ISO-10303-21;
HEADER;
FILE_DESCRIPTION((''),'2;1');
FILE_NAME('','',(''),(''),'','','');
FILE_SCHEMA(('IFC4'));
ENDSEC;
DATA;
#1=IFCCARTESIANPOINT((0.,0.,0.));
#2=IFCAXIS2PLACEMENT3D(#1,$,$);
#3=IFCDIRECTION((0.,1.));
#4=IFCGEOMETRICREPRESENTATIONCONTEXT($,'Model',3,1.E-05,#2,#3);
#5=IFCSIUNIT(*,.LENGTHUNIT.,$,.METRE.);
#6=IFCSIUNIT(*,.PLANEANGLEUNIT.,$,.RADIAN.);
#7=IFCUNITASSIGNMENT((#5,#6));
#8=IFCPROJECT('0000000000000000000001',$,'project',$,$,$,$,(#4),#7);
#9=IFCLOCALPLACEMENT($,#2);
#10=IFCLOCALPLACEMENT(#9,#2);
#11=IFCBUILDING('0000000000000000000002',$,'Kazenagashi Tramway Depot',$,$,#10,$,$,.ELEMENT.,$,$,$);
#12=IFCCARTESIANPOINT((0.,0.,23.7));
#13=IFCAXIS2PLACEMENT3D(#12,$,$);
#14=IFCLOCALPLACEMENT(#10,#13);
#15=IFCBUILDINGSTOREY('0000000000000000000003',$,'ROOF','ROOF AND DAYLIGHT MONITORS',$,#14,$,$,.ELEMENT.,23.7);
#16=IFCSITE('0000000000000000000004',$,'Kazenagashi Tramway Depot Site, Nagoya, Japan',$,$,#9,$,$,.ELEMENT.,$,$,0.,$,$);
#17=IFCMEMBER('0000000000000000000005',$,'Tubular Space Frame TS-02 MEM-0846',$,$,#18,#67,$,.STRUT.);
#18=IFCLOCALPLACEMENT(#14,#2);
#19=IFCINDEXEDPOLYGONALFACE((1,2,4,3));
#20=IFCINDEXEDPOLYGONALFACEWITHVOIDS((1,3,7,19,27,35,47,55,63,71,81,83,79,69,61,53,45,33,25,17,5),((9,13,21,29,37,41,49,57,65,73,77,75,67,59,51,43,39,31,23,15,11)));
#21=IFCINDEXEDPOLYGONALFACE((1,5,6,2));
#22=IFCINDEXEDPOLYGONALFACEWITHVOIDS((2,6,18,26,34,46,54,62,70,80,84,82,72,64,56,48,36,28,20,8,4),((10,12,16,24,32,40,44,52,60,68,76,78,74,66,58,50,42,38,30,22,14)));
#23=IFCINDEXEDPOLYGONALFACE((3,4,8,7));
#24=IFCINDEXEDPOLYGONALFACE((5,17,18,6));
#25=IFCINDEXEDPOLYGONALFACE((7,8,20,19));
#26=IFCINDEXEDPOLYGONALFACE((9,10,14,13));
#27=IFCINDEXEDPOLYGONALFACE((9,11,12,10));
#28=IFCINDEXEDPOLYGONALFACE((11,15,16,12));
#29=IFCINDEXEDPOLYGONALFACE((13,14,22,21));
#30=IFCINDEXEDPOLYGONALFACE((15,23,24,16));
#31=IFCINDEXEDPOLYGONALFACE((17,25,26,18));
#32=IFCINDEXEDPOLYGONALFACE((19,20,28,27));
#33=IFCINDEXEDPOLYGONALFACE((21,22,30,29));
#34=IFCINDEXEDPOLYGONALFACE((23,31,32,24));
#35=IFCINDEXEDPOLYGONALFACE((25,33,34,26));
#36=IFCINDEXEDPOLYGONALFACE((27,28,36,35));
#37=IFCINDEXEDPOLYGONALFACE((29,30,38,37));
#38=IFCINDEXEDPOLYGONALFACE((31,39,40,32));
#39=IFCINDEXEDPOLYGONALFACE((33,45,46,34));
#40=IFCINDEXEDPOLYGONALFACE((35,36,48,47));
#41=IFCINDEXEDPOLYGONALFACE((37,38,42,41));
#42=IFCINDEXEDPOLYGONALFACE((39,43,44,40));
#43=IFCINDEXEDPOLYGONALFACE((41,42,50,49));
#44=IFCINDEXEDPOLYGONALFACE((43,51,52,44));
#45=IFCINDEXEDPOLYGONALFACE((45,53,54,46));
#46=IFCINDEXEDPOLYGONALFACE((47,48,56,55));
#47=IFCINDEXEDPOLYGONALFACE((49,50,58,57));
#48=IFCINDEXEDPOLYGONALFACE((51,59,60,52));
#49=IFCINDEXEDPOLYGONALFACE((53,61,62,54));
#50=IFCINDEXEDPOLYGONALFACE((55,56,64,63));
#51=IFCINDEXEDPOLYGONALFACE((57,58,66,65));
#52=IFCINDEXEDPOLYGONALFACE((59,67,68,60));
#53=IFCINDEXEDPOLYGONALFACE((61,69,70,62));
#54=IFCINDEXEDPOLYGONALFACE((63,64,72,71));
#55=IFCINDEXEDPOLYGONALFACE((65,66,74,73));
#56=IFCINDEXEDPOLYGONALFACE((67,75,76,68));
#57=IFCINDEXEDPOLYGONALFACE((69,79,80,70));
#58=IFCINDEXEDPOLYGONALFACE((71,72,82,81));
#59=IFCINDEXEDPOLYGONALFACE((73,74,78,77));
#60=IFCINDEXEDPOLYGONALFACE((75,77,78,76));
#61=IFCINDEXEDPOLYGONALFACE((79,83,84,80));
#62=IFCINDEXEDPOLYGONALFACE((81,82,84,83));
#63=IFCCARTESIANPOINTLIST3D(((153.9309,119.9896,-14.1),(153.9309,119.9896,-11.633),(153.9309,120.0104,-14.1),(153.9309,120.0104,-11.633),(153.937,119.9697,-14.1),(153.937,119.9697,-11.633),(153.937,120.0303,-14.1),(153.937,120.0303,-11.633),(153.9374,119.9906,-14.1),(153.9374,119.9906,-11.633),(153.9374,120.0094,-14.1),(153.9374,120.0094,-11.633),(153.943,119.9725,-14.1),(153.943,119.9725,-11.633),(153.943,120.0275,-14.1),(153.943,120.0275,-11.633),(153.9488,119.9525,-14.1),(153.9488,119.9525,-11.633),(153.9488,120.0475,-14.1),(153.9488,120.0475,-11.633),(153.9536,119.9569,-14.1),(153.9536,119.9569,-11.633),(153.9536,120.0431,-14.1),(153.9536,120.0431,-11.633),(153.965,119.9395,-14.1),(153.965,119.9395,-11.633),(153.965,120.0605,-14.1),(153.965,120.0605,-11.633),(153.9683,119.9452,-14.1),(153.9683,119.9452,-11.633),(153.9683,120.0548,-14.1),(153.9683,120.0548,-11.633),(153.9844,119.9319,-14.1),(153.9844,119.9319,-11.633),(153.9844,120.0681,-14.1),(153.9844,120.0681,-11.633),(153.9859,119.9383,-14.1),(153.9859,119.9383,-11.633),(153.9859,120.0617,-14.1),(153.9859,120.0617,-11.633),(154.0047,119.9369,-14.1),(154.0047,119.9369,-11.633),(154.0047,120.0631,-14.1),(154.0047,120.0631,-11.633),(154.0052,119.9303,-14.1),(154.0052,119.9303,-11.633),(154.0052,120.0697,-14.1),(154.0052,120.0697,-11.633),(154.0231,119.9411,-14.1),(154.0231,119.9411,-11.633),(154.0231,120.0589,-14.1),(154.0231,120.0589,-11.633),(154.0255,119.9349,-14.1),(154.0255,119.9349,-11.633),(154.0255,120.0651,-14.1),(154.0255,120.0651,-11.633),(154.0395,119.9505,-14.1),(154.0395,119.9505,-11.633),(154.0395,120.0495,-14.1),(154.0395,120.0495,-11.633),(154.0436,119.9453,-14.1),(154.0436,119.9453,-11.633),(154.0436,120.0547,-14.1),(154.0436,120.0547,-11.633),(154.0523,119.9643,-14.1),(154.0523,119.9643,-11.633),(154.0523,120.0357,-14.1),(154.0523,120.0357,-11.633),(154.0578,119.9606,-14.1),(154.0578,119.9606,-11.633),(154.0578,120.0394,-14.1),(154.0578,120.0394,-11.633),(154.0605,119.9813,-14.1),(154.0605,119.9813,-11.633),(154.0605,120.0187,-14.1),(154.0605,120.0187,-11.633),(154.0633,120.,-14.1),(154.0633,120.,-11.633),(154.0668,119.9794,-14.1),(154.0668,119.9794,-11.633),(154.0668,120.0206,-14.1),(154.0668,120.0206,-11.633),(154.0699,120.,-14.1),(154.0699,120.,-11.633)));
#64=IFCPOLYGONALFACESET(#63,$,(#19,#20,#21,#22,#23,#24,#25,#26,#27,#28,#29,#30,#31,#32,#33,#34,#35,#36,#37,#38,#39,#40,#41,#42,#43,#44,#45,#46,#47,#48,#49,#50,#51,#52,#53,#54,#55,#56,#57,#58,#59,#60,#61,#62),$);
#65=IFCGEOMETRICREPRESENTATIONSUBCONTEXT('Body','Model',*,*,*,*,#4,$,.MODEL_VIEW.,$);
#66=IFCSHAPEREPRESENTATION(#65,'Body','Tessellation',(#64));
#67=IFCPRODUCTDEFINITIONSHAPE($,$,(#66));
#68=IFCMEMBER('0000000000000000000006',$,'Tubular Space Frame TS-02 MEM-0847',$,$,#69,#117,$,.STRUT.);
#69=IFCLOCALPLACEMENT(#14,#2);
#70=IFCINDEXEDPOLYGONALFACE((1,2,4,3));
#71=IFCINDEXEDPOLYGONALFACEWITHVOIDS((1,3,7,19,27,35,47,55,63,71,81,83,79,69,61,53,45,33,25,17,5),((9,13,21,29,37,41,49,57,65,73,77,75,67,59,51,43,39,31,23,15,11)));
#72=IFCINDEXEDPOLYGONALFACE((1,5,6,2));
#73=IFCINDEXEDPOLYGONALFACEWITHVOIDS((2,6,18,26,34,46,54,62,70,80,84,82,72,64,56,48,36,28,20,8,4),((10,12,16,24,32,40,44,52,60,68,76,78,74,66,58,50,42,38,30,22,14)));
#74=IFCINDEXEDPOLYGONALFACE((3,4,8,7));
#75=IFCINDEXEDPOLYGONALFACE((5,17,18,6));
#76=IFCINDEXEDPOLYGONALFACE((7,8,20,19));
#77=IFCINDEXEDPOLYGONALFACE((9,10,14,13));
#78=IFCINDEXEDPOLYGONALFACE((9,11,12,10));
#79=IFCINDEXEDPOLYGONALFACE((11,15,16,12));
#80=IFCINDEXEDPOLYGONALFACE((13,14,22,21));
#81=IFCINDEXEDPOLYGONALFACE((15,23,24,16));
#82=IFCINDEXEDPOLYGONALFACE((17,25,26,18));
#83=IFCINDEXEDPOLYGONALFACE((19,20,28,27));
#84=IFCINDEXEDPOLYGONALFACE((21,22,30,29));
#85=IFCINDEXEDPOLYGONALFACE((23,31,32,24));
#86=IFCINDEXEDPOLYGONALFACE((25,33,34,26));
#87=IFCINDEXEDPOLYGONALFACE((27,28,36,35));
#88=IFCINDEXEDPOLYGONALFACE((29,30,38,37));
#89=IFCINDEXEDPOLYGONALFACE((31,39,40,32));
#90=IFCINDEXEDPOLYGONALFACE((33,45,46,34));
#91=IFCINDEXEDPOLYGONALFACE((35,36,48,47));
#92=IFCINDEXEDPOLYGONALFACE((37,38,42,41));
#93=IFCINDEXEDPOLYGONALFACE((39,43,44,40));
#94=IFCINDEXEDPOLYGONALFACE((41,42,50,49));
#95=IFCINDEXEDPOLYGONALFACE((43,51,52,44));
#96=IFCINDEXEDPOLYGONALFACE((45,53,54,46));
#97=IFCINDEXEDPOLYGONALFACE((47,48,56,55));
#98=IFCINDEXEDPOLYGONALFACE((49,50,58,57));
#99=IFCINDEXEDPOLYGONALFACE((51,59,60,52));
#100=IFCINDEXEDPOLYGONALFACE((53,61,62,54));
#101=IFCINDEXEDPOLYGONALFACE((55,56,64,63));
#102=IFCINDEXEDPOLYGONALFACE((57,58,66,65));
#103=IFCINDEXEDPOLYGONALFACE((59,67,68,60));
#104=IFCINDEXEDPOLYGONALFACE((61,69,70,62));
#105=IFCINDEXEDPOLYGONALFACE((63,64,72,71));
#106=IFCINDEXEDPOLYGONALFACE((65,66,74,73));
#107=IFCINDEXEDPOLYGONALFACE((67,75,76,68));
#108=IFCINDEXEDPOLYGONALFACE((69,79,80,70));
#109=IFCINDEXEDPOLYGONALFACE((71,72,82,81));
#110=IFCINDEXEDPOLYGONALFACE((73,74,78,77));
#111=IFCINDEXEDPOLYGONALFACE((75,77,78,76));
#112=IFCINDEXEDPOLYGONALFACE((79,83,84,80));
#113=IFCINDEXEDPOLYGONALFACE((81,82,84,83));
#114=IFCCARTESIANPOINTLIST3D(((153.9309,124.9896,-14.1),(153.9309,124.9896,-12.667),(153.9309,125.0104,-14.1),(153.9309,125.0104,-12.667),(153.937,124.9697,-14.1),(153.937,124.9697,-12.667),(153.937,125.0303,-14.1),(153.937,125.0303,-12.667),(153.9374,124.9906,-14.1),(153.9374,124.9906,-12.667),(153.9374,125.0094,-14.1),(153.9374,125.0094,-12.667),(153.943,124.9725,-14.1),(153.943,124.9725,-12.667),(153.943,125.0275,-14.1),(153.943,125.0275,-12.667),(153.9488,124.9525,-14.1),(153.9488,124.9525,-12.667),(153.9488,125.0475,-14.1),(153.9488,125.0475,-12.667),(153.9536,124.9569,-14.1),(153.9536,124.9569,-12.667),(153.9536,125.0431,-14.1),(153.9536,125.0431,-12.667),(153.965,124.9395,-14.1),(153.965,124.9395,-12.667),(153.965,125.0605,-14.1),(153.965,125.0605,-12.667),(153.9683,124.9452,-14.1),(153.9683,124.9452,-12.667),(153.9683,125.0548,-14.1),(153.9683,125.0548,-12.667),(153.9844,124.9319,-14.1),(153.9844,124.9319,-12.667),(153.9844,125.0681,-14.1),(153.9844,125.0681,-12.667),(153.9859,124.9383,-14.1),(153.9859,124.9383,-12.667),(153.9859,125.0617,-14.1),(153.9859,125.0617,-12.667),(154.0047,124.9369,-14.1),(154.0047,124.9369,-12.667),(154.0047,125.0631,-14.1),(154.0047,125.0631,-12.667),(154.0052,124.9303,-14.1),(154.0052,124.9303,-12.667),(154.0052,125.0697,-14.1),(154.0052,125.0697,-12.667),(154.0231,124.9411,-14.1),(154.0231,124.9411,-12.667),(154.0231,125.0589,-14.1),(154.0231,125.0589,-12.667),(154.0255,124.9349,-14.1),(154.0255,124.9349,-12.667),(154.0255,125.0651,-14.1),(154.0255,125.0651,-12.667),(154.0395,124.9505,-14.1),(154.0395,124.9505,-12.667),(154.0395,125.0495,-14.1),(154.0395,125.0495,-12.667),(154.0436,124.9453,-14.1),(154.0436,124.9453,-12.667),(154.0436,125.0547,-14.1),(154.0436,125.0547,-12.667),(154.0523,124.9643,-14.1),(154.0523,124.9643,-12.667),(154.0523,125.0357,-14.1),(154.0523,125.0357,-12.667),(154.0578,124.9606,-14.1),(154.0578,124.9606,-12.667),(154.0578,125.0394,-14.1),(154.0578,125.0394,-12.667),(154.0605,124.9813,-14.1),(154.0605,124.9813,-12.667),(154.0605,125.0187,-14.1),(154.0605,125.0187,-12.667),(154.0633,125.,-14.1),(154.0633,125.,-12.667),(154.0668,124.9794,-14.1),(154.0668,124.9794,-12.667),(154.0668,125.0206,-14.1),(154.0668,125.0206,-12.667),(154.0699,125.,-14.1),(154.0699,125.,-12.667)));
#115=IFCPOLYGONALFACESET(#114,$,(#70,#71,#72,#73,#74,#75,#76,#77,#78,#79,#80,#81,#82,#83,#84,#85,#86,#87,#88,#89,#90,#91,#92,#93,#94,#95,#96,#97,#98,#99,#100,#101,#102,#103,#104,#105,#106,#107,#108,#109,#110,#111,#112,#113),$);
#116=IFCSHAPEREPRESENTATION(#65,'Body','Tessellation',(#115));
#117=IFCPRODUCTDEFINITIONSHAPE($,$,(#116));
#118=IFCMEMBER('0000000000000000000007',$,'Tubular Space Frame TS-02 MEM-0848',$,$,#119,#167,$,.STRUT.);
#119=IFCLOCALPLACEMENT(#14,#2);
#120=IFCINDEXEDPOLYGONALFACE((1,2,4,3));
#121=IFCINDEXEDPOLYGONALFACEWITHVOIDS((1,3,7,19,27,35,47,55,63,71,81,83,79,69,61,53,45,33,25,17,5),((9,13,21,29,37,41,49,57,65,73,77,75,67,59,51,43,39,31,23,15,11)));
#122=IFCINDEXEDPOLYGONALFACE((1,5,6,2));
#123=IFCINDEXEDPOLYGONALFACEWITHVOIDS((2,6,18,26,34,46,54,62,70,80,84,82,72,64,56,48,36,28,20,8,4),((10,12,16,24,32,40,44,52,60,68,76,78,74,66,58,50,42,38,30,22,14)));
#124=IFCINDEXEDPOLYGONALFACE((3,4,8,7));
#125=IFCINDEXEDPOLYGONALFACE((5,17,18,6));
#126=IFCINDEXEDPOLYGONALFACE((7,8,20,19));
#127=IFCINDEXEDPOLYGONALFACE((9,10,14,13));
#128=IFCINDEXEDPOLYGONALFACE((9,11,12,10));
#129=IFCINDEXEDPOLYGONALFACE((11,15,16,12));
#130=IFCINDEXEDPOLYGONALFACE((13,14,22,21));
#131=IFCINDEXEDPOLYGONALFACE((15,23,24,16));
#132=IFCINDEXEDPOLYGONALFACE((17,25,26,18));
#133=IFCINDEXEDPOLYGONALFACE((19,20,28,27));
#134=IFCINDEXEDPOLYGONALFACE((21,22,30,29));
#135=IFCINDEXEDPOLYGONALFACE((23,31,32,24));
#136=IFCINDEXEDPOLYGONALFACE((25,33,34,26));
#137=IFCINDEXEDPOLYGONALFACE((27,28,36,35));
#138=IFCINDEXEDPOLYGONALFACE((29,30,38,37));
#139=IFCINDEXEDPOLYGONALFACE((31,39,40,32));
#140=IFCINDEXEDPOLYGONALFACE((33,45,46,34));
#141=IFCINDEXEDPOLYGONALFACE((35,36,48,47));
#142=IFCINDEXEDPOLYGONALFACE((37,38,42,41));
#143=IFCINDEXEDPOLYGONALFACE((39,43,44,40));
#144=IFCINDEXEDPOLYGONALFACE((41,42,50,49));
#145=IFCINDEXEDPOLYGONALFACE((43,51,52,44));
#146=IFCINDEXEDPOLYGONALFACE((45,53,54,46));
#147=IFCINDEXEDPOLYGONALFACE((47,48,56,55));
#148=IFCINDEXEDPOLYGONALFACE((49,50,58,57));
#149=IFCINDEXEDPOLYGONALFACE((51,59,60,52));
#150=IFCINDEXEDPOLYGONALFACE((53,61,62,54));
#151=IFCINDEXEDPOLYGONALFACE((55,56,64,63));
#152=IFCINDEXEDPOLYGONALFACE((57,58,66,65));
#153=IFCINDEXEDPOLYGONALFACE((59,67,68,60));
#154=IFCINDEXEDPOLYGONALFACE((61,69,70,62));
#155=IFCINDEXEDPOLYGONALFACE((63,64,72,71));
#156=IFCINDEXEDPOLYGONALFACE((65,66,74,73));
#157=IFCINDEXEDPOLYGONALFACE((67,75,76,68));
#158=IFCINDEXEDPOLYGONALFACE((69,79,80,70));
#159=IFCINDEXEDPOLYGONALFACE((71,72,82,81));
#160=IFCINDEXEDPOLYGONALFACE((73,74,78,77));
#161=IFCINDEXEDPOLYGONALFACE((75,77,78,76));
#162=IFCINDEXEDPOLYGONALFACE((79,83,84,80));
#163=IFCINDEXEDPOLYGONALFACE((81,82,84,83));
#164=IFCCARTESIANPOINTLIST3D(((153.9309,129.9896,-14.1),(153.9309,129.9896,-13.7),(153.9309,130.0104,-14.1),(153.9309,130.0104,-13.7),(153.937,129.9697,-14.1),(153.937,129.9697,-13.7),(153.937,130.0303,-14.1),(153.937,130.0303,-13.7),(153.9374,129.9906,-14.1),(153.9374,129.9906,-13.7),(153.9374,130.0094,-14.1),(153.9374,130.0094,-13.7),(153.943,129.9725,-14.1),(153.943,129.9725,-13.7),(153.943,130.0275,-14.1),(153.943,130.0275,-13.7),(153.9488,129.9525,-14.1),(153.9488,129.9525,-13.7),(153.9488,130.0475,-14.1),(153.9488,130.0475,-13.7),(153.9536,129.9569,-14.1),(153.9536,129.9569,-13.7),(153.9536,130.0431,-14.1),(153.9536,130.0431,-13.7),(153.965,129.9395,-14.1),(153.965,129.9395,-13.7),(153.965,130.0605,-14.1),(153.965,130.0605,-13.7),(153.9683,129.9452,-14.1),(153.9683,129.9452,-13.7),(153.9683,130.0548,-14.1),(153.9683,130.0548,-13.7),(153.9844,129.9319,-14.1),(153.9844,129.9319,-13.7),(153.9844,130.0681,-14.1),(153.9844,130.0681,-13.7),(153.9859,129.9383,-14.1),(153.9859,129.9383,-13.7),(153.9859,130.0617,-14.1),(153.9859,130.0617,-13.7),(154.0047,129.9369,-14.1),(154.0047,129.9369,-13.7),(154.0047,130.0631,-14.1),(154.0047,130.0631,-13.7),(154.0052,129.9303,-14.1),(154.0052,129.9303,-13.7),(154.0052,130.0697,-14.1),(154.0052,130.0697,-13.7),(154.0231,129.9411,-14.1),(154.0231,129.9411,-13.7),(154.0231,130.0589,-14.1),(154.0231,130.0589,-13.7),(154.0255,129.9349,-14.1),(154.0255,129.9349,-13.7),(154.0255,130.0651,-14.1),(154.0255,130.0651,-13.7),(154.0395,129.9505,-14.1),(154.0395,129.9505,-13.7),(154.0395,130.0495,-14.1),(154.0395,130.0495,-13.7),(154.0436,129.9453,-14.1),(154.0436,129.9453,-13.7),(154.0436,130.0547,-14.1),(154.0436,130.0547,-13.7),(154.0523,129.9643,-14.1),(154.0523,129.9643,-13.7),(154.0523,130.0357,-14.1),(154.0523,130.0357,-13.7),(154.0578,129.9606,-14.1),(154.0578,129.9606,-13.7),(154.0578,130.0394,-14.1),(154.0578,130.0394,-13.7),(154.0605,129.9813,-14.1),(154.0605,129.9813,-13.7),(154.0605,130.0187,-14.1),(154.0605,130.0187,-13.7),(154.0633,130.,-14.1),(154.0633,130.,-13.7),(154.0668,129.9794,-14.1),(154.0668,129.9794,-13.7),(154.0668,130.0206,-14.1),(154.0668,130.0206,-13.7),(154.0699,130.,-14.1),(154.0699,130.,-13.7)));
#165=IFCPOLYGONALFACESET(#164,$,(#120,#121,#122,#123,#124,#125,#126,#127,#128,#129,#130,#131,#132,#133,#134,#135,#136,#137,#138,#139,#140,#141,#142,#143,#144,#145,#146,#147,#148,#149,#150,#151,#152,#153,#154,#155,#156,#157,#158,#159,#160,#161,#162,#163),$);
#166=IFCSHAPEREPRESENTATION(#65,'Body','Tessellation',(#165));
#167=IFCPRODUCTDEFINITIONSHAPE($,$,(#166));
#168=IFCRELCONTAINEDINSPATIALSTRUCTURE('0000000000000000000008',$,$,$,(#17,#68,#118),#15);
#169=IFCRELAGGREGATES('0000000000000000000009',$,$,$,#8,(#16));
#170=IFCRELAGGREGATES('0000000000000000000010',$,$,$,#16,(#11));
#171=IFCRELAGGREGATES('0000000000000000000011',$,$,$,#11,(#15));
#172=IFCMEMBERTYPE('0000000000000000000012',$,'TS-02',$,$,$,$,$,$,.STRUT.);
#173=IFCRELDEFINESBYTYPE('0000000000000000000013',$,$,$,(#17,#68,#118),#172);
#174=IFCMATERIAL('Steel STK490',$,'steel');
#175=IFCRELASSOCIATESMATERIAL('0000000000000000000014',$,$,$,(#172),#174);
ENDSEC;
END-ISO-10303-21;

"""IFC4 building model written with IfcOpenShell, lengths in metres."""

from ifc_helpers import new_model, si_unit, direction, frame, origin, origin_2d, place, context, subcontext, project, spatial, hollow_circle, extrude, material, material_profile, profile_set, type_object, element, save


model = new_model("IFC4")

# Units and contexts
model_context = context("Model", 3, precision=1e-05, world=origin(), true_north=direction((0.0, 1.0)))
body_context = subcontext(model_context, "Body", "Model", "MODEL_VIEW")
ifc_project = project(units=[si_unit("LENGTHUNIT", "METRE"), si_unit("PLANEANGLEUNIT", "RADIAN")], contexts=[model_context])

# Site, building, storey
site_placement = place(None, origin())
site = spatial("IfcSite", under=ifc_project, at=site_placement, Name="Kazenagashi Tramway Depot Site, Nagoya, Japan", CompositionType="ELEMENT", RefElevation=0.0)
building_placement = place(site_placement, origin())
building = spatial("IfcBuilding", under=site, at=building_placement, Name="Kazenagashi Tramway Depot", CompositionType="ELEMENT")
storey_placement = place(building_placement, frame((0.0, 0.0, 23.7)))
storey = spatial("IfcBuildingStorey", under=building, at=storey_placement, Name="ROOF", Description="ROOF AND DAYLIGHT MONITORS", CompositionType="ELEMENT", Elevation=23.7)

# Members
ifc_material_1 = material(Name="Steel STK490", Category="steel")
ifc_material_profile_1 = material_profile(ifc_material_1, hollow_circle(Radius=0.0699, WallThickness=0.0066, at=origin_2d()), Name="CHS-139.8x6.6")
ifc_profile_set_1 = profile_set([ifc_material_profile_1], Name="Steel STK490")
member_type_1 = type_object("IfcMemberType", Name="TS-02", PredefinedType="STRUT", material=ifc_profile_set_1)
member_1_placement = place(storey_placement, frame((154.0, 120.0, -14.1), z_axis=(0.0, 0.0, 1.0), x_axis=(1.0, 0.0, 0.0)))
element("IfcMember", 1, at=member_1_placement, inside=storey, type_object=member_type_1, Name="Tubular Space Frame TS-02 MEM-0846", PredefinedType="STRUT", context=body_context, shape_type="SweptSolid", body=[
    extrude(hollow_circle(Radius=0.0699, WallThickness=0.0066, at=origin_2d()), origin(), (0.0, 0.0, 1.0), 2.467),
])
member_2_placement = place(storey_placement, frame((154.0, 125.0, -14.1), z_axis=(0.0, 0.0, 1.0), x_axis=(1.0, 0.0, 0.0)))
element("IfcMember", 2, at=member_2_placement, inside=storey, type_object=member_type_1, Name="Tubular Space Frame TS-02 MEM-0847", PredefinedType="STRUT", context=body_context, shape_type="SweptSolid", body=[
    extrude(hollow_circle(Radius=0.0699, WallThickness=0.0066, at=origin_2d()), origin(), (0.0, 0.0, 1.0), 1.433),
])
member_3_placement = place(storey_placement, frame((154.0, 130.0, -14.1), z_axis=(0.0, 0.0, 1.0), x_axis=(1.0, 0.0, 0.0)))
element("IfcMember", 3, at=member_3_placement, inside=storey, type_object=member_type_1, Name="Tubular Space Frame TS-02 MEM-0848", PredefinedType="STRUT", context=body_context, shape_type="SweptSolid", body=[
    extrude(hollow_circle(Radius=0.0699, WallThickness=0.0066, at=origin_2d()), origin(), (0.0, 0.0, 1.0), 0.4),
])

save(model, "model.ifc")
